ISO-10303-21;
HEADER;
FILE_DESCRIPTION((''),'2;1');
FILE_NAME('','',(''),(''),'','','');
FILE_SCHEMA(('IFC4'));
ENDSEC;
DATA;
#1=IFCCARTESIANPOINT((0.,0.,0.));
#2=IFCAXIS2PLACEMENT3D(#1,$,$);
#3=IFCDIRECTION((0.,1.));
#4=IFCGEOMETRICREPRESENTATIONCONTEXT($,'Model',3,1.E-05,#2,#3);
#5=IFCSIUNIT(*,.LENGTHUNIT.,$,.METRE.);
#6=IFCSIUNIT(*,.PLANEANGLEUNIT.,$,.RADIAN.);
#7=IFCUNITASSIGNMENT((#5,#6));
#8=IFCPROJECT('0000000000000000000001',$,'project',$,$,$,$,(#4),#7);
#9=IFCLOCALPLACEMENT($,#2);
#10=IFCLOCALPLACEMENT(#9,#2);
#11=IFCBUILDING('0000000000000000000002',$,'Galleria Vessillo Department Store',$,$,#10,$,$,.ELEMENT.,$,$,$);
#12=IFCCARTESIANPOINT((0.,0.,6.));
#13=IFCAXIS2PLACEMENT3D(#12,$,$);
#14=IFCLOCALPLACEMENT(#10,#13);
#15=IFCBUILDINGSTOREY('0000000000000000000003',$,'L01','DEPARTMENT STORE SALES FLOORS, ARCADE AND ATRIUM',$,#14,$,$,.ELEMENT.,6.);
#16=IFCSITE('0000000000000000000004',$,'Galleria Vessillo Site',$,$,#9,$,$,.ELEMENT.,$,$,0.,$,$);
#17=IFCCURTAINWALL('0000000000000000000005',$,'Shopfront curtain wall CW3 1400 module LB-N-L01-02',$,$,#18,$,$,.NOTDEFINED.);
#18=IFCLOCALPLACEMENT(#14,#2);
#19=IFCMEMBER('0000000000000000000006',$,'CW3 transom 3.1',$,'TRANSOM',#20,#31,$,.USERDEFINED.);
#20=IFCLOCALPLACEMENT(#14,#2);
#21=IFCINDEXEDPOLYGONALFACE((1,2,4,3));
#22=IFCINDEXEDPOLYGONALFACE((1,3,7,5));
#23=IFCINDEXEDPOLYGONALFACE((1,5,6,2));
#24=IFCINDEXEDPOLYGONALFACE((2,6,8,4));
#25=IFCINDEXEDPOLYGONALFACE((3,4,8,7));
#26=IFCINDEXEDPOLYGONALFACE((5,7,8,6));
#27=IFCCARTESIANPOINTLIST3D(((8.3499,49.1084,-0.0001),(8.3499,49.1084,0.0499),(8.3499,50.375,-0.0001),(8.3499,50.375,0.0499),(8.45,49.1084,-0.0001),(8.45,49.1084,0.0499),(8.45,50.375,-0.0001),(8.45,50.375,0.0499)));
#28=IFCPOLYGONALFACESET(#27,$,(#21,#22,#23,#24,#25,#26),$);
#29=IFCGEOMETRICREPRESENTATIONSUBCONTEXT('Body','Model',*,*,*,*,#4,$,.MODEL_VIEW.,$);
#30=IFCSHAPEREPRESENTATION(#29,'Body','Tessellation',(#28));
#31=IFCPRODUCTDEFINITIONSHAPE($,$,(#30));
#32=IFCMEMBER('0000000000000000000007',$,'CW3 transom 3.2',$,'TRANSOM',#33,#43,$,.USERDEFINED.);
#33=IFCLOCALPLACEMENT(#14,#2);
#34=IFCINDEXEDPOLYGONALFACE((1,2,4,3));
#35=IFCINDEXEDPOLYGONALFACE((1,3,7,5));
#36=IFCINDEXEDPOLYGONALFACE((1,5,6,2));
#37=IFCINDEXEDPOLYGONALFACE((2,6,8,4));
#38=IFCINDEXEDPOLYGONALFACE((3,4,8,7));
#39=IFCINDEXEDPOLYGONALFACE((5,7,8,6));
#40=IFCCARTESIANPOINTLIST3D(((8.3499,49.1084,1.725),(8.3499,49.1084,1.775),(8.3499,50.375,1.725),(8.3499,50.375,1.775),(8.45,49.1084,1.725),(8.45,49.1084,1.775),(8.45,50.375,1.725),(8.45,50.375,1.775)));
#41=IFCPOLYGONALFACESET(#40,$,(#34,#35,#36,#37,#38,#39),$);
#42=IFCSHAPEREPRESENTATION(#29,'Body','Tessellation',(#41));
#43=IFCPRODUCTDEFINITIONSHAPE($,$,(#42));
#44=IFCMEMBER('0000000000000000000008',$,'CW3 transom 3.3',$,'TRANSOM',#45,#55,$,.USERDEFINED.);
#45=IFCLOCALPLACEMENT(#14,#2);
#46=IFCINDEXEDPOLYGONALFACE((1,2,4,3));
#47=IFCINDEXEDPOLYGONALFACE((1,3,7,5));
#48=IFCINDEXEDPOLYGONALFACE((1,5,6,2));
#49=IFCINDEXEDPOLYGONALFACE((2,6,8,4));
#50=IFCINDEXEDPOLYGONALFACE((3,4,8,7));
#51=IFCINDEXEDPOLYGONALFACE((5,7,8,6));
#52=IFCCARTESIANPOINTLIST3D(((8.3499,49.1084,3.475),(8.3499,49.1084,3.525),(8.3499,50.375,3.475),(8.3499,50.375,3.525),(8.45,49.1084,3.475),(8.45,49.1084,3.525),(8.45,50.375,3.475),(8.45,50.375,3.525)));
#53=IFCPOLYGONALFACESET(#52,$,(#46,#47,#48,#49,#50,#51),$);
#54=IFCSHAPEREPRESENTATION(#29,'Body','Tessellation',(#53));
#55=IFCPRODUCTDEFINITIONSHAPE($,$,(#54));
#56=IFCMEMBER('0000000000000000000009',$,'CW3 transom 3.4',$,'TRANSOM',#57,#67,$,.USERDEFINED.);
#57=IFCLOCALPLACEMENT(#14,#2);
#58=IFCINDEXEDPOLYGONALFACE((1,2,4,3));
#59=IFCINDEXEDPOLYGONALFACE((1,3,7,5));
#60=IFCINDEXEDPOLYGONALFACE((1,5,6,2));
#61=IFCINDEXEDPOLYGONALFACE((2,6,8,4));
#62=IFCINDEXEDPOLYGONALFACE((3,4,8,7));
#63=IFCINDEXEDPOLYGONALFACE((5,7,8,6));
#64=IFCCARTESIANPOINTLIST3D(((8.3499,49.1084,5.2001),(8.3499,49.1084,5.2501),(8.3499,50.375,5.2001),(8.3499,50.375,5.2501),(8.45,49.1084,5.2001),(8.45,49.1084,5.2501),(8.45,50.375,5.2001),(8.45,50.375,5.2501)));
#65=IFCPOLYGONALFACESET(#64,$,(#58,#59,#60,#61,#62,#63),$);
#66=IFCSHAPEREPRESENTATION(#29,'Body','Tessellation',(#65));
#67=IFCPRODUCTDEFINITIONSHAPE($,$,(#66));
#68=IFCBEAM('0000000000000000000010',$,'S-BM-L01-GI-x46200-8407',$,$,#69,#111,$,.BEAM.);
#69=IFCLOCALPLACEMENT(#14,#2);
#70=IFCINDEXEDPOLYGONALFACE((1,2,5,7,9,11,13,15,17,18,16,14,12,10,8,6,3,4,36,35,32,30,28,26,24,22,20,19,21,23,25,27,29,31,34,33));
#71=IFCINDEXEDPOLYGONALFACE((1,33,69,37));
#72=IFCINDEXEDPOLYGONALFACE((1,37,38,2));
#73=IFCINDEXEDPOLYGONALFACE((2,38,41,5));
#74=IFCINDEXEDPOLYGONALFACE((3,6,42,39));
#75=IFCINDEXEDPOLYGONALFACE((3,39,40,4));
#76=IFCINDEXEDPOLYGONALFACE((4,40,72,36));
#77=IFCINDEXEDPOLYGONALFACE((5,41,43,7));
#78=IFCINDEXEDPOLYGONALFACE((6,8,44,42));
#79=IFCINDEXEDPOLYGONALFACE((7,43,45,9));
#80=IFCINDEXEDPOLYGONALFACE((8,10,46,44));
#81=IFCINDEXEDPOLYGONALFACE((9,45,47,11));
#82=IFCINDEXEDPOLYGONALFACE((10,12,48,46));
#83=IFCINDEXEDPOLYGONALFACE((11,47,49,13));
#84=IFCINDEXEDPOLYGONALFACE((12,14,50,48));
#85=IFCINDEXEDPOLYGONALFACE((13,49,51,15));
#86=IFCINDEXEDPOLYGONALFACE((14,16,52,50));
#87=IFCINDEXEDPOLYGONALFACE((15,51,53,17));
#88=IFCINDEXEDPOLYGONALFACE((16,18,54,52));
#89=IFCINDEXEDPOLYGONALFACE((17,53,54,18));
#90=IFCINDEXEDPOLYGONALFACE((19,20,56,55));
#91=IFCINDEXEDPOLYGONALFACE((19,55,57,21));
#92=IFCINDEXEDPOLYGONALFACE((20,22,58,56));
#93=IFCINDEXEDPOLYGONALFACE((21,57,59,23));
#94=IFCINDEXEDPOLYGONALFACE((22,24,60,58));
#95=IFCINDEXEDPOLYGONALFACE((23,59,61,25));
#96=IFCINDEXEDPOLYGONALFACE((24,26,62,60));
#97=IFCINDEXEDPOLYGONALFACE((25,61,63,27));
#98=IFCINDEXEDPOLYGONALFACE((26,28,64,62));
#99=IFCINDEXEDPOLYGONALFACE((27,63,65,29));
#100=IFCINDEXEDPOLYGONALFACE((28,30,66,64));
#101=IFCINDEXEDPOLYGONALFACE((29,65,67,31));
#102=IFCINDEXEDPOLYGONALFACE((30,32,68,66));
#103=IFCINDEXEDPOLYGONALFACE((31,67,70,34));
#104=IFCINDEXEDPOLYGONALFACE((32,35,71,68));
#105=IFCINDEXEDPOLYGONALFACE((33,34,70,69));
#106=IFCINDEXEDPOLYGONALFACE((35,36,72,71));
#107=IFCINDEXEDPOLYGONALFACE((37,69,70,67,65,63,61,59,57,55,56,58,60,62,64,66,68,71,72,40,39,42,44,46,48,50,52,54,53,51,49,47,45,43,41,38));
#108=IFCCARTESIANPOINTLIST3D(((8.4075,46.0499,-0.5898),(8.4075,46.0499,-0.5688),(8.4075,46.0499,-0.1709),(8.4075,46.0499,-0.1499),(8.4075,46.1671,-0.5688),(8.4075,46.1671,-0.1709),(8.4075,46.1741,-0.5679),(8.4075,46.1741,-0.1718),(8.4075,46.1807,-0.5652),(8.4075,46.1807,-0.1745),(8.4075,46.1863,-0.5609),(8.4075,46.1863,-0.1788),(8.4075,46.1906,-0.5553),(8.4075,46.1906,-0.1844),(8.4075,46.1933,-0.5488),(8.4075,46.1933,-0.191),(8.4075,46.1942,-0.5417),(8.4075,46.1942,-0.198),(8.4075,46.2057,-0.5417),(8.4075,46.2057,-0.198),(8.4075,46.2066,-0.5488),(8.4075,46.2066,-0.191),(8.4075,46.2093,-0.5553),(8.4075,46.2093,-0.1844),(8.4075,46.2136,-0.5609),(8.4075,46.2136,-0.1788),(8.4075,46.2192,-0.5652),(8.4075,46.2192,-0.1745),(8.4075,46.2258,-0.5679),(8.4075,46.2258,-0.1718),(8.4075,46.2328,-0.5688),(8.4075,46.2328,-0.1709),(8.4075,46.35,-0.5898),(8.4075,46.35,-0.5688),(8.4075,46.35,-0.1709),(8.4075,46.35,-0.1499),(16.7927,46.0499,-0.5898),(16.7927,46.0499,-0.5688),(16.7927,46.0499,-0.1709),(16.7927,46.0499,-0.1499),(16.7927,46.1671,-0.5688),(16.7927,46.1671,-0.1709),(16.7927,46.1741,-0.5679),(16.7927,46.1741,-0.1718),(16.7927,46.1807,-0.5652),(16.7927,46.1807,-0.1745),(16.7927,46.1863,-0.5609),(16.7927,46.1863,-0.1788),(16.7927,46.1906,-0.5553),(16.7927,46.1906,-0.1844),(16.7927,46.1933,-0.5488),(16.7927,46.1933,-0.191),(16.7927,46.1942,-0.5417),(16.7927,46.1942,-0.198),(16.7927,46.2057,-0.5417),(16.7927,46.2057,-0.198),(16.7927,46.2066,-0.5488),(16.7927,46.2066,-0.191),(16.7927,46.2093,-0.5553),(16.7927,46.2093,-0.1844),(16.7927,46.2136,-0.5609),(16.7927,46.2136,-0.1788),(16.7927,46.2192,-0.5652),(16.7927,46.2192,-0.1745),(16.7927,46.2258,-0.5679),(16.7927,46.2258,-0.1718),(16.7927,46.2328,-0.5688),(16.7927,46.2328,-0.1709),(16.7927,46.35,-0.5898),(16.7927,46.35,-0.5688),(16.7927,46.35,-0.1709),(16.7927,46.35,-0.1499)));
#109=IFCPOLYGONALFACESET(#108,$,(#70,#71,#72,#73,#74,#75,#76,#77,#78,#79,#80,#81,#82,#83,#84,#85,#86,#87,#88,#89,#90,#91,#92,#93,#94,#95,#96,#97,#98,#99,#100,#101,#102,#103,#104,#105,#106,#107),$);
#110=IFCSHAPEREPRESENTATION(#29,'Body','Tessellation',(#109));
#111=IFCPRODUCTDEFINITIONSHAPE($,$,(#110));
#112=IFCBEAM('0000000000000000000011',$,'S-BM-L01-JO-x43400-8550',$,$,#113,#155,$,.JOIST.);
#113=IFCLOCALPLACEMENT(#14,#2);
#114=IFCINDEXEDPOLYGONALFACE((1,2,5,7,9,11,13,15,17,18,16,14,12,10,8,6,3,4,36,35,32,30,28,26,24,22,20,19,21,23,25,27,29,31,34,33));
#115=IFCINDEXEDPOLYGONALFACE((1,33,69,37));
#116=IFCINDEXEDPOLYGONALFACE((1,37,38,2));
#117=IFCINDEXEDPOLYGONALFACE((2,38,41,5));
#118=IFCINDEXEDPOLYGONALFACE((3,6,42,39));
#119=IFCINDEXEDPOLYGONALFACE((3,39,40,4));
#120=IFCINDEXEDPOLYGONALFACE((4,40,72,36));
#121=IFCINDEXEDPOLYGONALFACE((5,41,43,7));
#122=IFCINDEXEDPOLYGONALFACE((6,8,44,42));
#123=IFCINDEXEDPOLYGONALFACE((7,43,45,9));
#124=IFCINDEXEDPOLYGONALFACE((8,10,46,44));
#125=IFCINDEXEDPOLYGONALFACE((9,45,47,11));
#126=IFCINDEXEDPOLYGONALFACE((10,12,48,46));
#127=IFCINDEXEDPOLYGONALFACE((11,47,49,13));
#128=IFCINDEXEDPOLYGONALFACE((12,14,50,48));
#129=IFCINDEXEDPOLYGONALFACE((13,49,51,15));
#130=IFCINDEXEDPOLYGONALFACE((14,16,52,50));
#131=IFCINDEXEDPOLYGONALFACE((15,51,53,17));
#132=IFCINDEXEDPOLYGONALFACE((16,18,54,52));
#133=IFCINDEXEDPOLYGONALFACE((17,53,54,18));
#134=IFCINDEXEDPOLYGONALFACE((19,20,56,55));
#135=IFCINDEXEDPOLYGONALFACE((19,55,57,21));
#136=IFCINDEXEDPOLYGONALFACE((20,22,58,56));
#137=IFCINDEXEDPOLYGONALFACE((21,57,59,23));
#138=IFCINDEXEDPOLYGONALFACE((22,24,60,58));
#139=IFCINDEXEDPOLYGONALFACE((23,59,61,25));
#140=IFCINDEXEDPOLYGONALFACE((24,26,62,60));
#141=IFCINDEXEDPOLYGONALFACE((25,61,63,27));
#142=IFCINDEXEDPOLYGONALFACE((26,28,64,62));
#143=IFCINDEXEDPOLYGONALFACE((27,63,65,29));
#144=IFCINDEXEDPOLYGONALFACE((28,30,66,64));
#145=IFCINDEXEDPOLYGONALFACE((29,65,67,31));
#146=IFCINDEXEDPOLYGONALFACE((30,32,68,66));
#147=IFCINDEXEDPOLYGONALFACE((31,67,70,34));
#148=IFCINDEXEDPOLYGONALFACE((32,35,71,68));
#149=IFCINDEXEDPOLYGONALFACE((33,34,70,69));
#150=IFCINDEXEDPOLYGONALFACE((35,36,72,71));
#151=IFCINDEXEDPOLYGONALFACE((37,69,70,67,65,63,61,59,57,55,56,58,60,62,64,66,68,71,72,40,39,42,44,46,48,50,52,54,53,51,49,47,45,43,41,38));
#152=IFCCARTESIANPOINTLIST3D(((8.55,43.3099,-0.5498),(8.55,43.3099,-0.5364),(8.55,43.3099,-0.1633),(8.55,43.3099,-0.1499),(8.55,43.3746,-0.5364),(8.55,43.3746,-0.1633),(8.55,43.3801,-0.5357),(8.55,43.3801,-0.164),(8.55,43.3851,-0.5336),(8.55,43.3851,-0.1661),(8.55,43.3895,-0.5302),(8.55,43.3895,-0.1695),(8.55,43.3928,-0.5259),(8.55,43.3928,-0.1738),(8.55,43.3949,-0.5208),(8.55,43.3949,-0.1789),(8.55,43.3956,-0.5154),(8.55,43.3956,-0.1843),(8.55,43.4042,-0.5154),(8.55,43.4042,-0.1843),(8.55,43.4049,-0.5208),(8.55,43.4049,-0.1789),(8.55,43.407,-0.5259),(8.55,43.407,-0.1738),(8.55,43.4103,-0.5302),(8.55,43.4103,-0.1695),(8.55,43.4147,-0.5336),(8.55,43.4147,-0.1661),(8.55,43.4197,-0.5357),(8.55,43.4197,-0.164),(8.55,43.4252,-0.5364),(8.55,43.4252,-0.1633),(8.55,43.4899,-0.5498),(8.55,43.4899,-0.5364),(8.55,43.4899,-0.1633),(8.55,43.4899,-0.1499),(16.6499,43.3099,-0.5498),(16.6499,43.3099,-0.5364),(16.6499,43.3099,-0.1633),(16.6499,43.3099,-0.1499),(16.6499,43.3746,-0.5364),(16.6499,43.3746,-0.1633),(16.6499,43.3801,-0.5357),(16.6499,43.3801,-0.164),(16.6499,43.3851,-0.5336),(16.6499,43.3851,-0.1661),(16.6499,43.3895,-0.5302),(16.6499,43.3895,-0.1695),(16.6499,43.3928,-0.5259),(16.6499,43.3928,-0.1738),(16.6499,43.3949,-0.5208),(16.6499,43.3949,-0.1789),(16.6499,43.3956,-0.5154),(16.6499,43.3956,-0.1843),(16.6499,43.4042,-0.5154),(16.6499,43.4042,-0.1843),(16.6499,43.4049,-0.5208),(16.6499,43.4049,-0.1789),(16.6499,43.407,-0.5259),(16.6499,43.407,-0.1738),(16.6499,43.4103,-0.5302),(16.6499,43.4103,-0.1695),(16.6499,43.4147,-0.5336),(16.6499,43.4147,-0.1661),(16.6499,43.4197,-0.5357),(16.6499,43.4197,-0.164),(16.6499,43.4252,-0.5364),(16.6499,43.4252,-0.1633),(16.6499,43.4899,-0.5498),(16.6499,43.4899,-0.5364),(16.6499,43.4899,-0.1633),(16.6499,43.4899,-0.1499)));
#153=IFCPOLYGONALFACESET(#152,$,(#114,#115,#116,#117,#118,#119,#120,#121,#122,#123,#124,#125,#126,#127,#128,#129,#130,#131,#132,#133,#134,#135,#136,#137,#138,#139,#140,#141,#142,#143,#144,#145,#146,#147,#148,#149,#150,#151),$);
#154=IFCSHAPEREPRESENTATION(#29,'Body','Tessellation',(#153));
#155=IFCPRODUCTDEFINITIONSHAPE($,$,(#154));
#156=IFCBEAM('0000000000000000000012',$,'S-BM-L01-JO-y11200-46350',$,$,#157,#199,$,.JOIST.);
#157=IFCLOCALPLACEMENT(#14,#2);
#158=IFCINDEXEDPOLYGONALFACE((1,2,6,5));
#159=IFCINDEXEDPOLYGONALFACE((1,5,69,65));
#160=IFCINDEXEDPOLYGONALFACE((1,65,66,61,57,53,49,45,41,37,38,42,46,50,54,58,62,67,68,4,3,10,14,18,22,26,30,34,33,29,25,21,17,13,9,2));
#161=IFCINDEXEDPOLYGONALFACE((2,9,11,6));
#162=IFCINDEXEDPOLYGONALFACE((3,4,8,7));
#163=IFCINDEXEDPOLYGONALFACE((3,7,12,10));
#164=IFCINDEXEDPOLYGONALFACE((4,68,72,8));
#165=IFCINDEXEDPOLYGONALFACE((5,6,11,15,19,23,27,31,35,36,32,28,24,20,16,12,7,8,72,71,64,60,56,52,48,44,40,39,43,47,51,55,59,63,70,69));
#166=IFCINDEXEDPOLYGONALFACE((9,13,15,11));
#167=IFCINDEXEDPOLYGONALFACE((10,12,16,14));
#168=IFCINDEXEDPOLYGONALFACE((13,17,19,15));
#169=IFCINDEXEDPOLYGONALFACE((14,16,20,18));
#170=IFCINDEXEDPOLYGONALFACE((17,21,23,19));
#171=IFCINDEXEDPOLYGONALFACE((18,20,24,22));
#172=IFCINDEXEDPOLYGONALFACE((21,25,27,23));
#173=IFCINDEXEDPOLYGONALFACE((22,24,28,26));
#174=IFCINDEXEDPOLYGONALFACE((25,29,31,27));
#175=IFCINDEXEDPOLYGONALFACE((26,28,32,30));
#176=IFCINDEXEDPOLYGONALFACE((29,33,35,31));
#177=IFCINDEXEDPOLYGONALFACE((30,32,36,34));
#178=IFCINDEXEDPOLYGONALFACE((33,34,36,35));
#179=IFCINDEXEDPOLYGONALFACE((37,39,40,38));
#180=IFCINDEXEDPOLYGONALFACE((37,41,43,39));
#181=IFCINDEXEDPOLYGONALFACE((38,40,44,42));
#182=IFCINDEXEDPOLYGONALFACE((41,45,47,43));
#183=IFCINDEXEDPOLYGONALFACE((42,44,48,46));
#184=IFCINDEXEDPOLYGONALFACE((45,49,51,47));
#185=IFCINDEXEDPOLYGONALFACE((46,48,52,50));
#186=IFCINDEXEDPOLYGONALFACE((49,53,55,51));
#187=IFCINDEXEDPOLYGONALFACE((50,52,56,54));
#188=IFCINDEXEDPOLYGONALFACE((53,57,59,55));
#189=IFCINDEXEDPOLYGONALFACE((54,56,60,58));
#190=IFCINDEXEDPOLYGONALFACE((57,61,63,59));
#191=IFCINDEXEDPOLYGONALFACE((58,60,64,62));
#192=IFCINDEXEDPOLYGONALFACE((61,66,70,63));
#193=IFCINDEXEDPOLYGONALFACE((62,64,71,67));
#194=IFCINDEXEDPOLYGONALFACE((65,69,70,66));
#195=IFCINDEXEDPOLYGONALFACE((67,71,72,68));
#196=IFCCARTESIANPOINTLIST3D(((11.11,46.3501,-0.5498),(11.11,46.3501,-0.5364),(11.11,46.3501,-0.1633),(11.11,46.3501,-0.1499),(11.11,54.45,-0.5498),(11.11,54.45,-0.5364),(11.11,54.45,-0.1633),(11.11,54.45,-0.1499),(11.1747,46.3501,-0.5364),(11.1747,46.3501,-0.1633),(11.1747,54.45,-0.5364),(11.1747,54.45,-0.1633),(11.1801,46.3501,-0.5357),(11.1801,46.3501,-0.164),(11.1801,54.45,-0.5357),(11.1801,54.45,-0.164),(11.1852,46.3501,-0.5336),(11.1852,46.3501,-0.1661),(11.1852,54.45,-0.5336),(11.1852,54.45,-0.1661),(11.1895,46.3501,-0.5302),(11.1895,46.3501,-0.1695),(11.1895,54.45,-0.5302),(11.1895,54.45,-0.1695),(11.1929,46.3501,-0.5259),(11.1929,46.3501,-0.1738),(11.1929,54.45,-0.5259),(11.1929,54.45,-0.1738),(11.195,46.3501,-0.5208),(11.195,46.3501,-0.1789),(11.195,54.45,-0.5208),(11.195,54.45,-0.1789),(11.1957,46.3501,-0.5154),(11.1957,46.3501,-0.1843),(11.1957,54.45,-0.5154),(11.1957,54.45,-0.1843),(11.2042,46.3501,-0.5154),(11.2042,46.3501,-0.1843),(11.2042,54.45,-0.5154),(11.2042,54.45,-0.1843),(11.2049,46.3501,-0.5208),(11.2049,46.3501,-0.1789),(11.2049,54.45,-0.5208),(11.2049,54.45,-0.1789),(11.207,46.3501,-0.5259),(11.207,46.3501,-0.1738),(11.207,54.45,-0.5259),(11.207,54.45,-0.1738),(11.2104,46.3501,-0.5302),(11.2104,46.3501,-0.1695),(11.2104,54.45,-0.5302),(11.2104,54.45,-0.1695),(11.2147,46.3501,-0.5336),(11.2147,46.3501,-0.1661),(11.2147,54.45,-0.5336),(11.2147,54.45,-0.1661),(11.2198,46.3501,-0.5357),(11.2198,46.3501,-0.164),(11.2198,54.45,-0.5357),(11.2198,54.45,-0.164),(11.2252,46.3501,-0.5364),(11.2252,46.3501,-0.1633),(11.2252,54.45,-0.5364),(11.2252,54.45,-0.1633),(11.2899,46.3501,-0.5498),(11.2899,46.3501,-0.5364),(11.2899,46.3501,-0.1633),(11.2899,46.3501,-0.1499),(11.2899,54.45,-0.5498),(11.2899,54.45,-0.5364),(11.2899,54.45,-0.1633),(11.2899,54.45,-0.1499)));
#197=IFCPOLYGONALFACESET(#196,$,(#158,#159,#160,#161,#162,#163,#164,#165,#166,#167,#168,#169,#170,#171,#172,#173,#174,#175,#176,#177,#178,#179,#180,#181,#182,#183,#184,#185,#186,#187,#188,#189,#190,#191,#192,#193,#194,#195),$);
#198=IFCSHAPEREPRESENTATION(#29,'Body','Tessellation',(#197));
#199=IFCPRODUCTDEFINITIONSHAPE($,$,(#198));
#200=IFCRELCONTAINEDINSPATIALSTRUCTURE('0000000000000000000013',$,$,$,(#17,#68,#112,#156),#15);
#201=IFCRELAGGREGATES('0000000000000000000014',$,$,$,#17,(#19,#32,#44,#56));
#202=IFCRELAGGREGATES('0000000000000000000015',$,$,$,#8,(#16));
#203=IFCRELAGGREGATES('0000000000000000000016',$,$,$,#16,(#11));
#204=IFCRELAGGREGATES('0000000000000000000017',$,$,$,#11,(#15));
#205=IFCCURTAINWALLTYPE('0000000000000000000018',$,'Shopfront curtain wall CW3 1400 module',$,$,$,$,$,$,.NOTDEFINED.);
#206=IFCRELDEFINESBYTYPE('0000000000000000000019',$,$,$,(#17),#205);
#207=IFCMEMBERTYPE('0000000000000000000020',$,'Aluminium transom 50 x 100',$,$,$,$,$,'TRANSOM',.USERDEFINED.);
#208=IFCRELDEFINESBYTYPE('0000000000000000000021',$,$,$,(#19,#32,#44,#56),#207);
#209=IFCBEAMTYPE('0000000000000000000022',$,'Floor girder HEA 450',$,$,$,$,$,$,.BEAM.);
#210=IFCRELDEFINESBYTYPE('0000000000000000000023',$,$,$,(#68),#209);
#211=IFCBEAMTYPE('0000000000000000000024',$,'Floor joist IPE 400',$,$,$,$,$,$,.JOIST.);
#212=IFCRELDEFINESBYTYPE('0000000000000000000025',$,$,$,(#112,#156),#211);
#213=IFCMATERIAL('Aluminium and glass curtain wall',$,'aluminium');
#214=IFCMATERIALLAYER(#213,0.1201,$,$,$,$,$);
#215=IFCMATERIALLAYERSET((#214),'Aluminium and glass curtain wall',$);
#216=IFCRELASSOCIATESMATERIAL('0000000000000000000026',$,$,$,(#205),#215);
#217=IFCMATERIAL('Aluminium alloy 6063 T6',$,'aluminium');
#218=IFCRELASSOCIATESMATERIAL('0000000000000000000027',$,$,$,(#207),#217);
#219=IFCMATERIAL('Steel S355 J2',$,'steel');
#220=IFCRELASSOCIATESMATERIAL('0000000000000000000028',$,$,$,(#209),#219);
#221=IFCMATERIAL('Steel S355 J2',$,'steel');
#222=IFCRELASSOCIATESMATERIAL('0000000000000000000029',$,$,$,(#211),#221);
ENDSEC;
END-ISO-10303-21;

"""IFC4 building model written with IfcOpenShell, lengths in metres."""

from ifc_helpers import new_model, si_unit, direction, frame, origin, origin_2d, place, context, subcontext, project, spatial, rectangle, i_section, extrude, material, layer, layer_set, material_profile, profile_set, type_object, element, aggregate, save


model = new_model("IFC4")

# Units and contexts
model_context = context("Model", 3, precision=1e-05, world=origin(), true_north=direction((0.0, 1.0)))
body_context = subcontext(model_context, "Body", "Model", "MODEL_VIEW")
ifc_project = project(units=[si_unit("LENGTHUNIT", "METRE"), si_unit("PLANEANGLEUNIT", "RADIAN")], contexts=[model_context])

# Site, building, storey
site_placement = place(None, origin())
site = spatial("IfcSite", under=ifc_project, at=site_placement, Name="Galleria Vessillo Site", CompositionType="ELEMENT", RefElevation=0.0)
building_placement = place(site_placement, origin())
building = spatial("IfcBuilding", under=site, at=building_placement, Name="Galleria Vessillo Department Store", CompositionType="ELEMENT")
storey_placement = place(building_placement, frame((0.0, 0.0, 6.0)))
storey = spatial("IfcBuildingStorey", under=building, at=storey_placement, Name="L01", Description="DEPARTMENT STORE SALES FLOORS, ARCADE AND ATRIUM", CompositionType="ELEMENT", Elevation=6.0)

# Curtain wall, members
ifc_material_1 = material(Name="Aluminium and glass curtain wall", Category="aluminium")
ifc_layer_1 = layer(ifc_material_1, 0.1201)
ifc_layer_set_1 = layer_set([ifc_layer_1], Name="Aluminium and glass curtain wall")
curtain_wall_type = type_object("IfcCurtainWallType", Name="Shopfront curtain wall CW3 1400 module", PredefinedType="NOTDEFINED", material=ifc_layer_set_1)
curtain_wall_placement = place(storey_placement, origin())
curtain_wall = element("IfcCurtainWall", 1, at=curtain_wall_placement, inside=storey, type_object=curtain_wall_type, Name="Shopfront curtain wall CW3 1400 module LB-N-L01-02", PredefinedType="NOTDEFINED")
ifc_material_2 = material(Name="Aluminium alloy 6063 T6", Category="aluminium")
ifc_material_profile_1 = material_profile(ifc_material_2, rectangle(XDim=0.1001, YDim=0.05, at=origin_2d()), Name="AL 50x100")
ifc_profile_set_1 = profile_set([ifc_material_profile_1], Name="Aluminium alloy 6063 T6")
member_type_1 = type_object("IfcMemberType", Name="Aluminium transom 50 x 100", ElementType="TRANSOM", PredefinedType="USERDEFINED", material=ifc_profile_set_1)
member_1_placement = place(storey_placement, frame((8.3999, 49.1084, 0.0249), z_axis=(0.0, 1.0, 0.0), x_axis=(-1.0, 0.0, 0.0)))
member_1 = element("IfcMember", 2, at=member_1_placement, type_object=member_type_1, Name="CW3 transom 3.1", ObjectType="TRANSOM", PredefinedType="USERDEFINED", context=body_context, shape_type="SweptSolid", body=[
    extrude(rectangle(XDim=0.1001, YDim=0.05, at=origin_2d()), origin(), (0.0, 0.0, 1.0), 1.2666),
])
member_2_placement = place(storey_placement, frame((8.3999, 49.1084, 1.75), z_axis=(0.0, 1.0, 0.0), x_axis=(-1.0, 0.0, 0.0)))
member_2 = element("IfcMember", 3, at=member_2_placement, type_object=member_type_1, Name="CW3 transom 3.2", ObjectType="TRANSOM", PredefinedType="USERDEFINED", context=body_context, shape_type="SweptSolid", body=[
    extrude(rectangle(XDim=0.1001, YDim=0.05, at=origin_2d()), origin(), (0.0, 0.0, 1.0), 1.2666),
])
member_3_placement = place(storey_placement, frame((8.3999, 49.1084, 3.5), z_axis=(0.0, 1.0, 0.0), x_axis=(-1.0, 0.0, 0.0)))
member_3 = element("IfcMember", 4, at=member_3_placement, type_object=member_type_1, Name="CW3 transom 3.3", ObjectType="TRANSOM", PredefinedType="USERDEFINED", context=body_context, shape_type="SweptSolid", body=[
    extrude(rectangle(XDim=0.1001, YDim=0.05, at=origin_2d()), origin(), (0.0, 0.0, 1.0), 1.2666),
])
member_4_placement = place(storey_placement, frame((8.3999, 49.1084, 5.2251), z_axis=(0.0, 1.0, 0.0), x_axis=(-1.0, 0.0, 0.0)))
member_4 = element("IfcMember", 5, at=member_4_placement, type_object=member_type_1, Name="CW3 transom 3.4", ObjectType="TRANSOM", PredefinedType="USERDEFINED", context=body_context, shape_type="SweptSolid", body=[
    extrude(rectangle(XDim=0.1001, YDim=0.05, at=origin_2d()), origin(), (0.0, 0.0, 1.0), 1.2666),
])

# Beams
ifc_material_3 = material(Name="Steel S355 J2", Category="steel")
ifc_material_profile_2 = material_profile(ifc_material_3, i_section(OverallWidth=0.3, OverallDepth=0.4399, WebThickness=0.0115, FlangeThickness=0.021, FilletRadius=0.0271, at=origin_2d()), Name="HEA 450")
ifc_profile_set_2 = profile_set([ifc_material_profile_2], Name="Steel S355 J2")
beam_type_1 = type_object("IfcBeamType", Name="Floor girder HEA 450", PredefinedType="BEAM", material=ifc_profile_set_2)
beam_placement = place(storey_placement, frame((8.4075, 46.2, -0.3699), z_axis=(1.0, 0.0, 0.0), x_axis=(0.0, 1.0, 0.0)))
element("IfcBeam", 6, at=beam_placement, inside=storey, type_object=beam_type_1, Name="S-BM-L01-GI-x46200-8407", PredefinedType="BEAM", context=body_context, shape_type="SweptSolid", body=[
    extrude(i_section(OverallWidth=0.3, OverallDepth=0.4399, WebThickness=0.0115, FlangeThickness=0.021, FilletRadius=0.0271, at=origin_2d()), origin(), (0.0, 0.0, 1.0), 8.3853),
])
ifc_material_4 = material(Name="Steel S355 J2", Category="steel")
ifc_material_profile_3 = material_profile(ifc_material_4, i_section(OverallWidth=0.1799, OverallDepth=0.3999, WebThickness=0.0085, FlangeThickness=0.0134, FilletRadius=0.021, at=origin_2d()), Name="IPE 400")
ifc_profile_set_3 = profile_set([ifc_material_profile_3], Name="Steel S355 J2")
beam_type_2 = type_object("IfcBeamType", Name="Floor joist IPE 400", PredefinedType="JOIST", material=ifc_profile_set_3)
for number, where, z_axis, x_axis, name in (
    (7, (8.55, 43.3999, -0.3499), (1.0, 0.0, 0.0), (0.0, 1.0, 0.0), "S-BM-L01-JO-x43400-8550"),
    (8, (11.2, 46.3501, -0.3499), (0.0, 1.0, 0.0), (-1.0, 0.0, 0.0), "S-BM-L01-JO-y11200-46350"),
):
    element("IfcBeam", number, at=place(storey_placement, frame(where, z_axis=z_axis, x_axis=x_axis)), inside=storey, type_object=beam_type_2, Name=name, PredefinedType="JOIST", context=body_context, shape_type="SweptSolid", body=[
        extrude(i_section(OverallWidth=0.1799, OverallDepth=0.3999, WebThickness=0.0085, FlangeThickness=0.0134, FilletRadius=0.021, at=origin_2d()), origin(), (0.0, 0.0, 1.0), 8.0999),
    ])

aggregate(curtain_wall, [member_1, member_2, member_3, member_4])

save(model, "model.ifc")
